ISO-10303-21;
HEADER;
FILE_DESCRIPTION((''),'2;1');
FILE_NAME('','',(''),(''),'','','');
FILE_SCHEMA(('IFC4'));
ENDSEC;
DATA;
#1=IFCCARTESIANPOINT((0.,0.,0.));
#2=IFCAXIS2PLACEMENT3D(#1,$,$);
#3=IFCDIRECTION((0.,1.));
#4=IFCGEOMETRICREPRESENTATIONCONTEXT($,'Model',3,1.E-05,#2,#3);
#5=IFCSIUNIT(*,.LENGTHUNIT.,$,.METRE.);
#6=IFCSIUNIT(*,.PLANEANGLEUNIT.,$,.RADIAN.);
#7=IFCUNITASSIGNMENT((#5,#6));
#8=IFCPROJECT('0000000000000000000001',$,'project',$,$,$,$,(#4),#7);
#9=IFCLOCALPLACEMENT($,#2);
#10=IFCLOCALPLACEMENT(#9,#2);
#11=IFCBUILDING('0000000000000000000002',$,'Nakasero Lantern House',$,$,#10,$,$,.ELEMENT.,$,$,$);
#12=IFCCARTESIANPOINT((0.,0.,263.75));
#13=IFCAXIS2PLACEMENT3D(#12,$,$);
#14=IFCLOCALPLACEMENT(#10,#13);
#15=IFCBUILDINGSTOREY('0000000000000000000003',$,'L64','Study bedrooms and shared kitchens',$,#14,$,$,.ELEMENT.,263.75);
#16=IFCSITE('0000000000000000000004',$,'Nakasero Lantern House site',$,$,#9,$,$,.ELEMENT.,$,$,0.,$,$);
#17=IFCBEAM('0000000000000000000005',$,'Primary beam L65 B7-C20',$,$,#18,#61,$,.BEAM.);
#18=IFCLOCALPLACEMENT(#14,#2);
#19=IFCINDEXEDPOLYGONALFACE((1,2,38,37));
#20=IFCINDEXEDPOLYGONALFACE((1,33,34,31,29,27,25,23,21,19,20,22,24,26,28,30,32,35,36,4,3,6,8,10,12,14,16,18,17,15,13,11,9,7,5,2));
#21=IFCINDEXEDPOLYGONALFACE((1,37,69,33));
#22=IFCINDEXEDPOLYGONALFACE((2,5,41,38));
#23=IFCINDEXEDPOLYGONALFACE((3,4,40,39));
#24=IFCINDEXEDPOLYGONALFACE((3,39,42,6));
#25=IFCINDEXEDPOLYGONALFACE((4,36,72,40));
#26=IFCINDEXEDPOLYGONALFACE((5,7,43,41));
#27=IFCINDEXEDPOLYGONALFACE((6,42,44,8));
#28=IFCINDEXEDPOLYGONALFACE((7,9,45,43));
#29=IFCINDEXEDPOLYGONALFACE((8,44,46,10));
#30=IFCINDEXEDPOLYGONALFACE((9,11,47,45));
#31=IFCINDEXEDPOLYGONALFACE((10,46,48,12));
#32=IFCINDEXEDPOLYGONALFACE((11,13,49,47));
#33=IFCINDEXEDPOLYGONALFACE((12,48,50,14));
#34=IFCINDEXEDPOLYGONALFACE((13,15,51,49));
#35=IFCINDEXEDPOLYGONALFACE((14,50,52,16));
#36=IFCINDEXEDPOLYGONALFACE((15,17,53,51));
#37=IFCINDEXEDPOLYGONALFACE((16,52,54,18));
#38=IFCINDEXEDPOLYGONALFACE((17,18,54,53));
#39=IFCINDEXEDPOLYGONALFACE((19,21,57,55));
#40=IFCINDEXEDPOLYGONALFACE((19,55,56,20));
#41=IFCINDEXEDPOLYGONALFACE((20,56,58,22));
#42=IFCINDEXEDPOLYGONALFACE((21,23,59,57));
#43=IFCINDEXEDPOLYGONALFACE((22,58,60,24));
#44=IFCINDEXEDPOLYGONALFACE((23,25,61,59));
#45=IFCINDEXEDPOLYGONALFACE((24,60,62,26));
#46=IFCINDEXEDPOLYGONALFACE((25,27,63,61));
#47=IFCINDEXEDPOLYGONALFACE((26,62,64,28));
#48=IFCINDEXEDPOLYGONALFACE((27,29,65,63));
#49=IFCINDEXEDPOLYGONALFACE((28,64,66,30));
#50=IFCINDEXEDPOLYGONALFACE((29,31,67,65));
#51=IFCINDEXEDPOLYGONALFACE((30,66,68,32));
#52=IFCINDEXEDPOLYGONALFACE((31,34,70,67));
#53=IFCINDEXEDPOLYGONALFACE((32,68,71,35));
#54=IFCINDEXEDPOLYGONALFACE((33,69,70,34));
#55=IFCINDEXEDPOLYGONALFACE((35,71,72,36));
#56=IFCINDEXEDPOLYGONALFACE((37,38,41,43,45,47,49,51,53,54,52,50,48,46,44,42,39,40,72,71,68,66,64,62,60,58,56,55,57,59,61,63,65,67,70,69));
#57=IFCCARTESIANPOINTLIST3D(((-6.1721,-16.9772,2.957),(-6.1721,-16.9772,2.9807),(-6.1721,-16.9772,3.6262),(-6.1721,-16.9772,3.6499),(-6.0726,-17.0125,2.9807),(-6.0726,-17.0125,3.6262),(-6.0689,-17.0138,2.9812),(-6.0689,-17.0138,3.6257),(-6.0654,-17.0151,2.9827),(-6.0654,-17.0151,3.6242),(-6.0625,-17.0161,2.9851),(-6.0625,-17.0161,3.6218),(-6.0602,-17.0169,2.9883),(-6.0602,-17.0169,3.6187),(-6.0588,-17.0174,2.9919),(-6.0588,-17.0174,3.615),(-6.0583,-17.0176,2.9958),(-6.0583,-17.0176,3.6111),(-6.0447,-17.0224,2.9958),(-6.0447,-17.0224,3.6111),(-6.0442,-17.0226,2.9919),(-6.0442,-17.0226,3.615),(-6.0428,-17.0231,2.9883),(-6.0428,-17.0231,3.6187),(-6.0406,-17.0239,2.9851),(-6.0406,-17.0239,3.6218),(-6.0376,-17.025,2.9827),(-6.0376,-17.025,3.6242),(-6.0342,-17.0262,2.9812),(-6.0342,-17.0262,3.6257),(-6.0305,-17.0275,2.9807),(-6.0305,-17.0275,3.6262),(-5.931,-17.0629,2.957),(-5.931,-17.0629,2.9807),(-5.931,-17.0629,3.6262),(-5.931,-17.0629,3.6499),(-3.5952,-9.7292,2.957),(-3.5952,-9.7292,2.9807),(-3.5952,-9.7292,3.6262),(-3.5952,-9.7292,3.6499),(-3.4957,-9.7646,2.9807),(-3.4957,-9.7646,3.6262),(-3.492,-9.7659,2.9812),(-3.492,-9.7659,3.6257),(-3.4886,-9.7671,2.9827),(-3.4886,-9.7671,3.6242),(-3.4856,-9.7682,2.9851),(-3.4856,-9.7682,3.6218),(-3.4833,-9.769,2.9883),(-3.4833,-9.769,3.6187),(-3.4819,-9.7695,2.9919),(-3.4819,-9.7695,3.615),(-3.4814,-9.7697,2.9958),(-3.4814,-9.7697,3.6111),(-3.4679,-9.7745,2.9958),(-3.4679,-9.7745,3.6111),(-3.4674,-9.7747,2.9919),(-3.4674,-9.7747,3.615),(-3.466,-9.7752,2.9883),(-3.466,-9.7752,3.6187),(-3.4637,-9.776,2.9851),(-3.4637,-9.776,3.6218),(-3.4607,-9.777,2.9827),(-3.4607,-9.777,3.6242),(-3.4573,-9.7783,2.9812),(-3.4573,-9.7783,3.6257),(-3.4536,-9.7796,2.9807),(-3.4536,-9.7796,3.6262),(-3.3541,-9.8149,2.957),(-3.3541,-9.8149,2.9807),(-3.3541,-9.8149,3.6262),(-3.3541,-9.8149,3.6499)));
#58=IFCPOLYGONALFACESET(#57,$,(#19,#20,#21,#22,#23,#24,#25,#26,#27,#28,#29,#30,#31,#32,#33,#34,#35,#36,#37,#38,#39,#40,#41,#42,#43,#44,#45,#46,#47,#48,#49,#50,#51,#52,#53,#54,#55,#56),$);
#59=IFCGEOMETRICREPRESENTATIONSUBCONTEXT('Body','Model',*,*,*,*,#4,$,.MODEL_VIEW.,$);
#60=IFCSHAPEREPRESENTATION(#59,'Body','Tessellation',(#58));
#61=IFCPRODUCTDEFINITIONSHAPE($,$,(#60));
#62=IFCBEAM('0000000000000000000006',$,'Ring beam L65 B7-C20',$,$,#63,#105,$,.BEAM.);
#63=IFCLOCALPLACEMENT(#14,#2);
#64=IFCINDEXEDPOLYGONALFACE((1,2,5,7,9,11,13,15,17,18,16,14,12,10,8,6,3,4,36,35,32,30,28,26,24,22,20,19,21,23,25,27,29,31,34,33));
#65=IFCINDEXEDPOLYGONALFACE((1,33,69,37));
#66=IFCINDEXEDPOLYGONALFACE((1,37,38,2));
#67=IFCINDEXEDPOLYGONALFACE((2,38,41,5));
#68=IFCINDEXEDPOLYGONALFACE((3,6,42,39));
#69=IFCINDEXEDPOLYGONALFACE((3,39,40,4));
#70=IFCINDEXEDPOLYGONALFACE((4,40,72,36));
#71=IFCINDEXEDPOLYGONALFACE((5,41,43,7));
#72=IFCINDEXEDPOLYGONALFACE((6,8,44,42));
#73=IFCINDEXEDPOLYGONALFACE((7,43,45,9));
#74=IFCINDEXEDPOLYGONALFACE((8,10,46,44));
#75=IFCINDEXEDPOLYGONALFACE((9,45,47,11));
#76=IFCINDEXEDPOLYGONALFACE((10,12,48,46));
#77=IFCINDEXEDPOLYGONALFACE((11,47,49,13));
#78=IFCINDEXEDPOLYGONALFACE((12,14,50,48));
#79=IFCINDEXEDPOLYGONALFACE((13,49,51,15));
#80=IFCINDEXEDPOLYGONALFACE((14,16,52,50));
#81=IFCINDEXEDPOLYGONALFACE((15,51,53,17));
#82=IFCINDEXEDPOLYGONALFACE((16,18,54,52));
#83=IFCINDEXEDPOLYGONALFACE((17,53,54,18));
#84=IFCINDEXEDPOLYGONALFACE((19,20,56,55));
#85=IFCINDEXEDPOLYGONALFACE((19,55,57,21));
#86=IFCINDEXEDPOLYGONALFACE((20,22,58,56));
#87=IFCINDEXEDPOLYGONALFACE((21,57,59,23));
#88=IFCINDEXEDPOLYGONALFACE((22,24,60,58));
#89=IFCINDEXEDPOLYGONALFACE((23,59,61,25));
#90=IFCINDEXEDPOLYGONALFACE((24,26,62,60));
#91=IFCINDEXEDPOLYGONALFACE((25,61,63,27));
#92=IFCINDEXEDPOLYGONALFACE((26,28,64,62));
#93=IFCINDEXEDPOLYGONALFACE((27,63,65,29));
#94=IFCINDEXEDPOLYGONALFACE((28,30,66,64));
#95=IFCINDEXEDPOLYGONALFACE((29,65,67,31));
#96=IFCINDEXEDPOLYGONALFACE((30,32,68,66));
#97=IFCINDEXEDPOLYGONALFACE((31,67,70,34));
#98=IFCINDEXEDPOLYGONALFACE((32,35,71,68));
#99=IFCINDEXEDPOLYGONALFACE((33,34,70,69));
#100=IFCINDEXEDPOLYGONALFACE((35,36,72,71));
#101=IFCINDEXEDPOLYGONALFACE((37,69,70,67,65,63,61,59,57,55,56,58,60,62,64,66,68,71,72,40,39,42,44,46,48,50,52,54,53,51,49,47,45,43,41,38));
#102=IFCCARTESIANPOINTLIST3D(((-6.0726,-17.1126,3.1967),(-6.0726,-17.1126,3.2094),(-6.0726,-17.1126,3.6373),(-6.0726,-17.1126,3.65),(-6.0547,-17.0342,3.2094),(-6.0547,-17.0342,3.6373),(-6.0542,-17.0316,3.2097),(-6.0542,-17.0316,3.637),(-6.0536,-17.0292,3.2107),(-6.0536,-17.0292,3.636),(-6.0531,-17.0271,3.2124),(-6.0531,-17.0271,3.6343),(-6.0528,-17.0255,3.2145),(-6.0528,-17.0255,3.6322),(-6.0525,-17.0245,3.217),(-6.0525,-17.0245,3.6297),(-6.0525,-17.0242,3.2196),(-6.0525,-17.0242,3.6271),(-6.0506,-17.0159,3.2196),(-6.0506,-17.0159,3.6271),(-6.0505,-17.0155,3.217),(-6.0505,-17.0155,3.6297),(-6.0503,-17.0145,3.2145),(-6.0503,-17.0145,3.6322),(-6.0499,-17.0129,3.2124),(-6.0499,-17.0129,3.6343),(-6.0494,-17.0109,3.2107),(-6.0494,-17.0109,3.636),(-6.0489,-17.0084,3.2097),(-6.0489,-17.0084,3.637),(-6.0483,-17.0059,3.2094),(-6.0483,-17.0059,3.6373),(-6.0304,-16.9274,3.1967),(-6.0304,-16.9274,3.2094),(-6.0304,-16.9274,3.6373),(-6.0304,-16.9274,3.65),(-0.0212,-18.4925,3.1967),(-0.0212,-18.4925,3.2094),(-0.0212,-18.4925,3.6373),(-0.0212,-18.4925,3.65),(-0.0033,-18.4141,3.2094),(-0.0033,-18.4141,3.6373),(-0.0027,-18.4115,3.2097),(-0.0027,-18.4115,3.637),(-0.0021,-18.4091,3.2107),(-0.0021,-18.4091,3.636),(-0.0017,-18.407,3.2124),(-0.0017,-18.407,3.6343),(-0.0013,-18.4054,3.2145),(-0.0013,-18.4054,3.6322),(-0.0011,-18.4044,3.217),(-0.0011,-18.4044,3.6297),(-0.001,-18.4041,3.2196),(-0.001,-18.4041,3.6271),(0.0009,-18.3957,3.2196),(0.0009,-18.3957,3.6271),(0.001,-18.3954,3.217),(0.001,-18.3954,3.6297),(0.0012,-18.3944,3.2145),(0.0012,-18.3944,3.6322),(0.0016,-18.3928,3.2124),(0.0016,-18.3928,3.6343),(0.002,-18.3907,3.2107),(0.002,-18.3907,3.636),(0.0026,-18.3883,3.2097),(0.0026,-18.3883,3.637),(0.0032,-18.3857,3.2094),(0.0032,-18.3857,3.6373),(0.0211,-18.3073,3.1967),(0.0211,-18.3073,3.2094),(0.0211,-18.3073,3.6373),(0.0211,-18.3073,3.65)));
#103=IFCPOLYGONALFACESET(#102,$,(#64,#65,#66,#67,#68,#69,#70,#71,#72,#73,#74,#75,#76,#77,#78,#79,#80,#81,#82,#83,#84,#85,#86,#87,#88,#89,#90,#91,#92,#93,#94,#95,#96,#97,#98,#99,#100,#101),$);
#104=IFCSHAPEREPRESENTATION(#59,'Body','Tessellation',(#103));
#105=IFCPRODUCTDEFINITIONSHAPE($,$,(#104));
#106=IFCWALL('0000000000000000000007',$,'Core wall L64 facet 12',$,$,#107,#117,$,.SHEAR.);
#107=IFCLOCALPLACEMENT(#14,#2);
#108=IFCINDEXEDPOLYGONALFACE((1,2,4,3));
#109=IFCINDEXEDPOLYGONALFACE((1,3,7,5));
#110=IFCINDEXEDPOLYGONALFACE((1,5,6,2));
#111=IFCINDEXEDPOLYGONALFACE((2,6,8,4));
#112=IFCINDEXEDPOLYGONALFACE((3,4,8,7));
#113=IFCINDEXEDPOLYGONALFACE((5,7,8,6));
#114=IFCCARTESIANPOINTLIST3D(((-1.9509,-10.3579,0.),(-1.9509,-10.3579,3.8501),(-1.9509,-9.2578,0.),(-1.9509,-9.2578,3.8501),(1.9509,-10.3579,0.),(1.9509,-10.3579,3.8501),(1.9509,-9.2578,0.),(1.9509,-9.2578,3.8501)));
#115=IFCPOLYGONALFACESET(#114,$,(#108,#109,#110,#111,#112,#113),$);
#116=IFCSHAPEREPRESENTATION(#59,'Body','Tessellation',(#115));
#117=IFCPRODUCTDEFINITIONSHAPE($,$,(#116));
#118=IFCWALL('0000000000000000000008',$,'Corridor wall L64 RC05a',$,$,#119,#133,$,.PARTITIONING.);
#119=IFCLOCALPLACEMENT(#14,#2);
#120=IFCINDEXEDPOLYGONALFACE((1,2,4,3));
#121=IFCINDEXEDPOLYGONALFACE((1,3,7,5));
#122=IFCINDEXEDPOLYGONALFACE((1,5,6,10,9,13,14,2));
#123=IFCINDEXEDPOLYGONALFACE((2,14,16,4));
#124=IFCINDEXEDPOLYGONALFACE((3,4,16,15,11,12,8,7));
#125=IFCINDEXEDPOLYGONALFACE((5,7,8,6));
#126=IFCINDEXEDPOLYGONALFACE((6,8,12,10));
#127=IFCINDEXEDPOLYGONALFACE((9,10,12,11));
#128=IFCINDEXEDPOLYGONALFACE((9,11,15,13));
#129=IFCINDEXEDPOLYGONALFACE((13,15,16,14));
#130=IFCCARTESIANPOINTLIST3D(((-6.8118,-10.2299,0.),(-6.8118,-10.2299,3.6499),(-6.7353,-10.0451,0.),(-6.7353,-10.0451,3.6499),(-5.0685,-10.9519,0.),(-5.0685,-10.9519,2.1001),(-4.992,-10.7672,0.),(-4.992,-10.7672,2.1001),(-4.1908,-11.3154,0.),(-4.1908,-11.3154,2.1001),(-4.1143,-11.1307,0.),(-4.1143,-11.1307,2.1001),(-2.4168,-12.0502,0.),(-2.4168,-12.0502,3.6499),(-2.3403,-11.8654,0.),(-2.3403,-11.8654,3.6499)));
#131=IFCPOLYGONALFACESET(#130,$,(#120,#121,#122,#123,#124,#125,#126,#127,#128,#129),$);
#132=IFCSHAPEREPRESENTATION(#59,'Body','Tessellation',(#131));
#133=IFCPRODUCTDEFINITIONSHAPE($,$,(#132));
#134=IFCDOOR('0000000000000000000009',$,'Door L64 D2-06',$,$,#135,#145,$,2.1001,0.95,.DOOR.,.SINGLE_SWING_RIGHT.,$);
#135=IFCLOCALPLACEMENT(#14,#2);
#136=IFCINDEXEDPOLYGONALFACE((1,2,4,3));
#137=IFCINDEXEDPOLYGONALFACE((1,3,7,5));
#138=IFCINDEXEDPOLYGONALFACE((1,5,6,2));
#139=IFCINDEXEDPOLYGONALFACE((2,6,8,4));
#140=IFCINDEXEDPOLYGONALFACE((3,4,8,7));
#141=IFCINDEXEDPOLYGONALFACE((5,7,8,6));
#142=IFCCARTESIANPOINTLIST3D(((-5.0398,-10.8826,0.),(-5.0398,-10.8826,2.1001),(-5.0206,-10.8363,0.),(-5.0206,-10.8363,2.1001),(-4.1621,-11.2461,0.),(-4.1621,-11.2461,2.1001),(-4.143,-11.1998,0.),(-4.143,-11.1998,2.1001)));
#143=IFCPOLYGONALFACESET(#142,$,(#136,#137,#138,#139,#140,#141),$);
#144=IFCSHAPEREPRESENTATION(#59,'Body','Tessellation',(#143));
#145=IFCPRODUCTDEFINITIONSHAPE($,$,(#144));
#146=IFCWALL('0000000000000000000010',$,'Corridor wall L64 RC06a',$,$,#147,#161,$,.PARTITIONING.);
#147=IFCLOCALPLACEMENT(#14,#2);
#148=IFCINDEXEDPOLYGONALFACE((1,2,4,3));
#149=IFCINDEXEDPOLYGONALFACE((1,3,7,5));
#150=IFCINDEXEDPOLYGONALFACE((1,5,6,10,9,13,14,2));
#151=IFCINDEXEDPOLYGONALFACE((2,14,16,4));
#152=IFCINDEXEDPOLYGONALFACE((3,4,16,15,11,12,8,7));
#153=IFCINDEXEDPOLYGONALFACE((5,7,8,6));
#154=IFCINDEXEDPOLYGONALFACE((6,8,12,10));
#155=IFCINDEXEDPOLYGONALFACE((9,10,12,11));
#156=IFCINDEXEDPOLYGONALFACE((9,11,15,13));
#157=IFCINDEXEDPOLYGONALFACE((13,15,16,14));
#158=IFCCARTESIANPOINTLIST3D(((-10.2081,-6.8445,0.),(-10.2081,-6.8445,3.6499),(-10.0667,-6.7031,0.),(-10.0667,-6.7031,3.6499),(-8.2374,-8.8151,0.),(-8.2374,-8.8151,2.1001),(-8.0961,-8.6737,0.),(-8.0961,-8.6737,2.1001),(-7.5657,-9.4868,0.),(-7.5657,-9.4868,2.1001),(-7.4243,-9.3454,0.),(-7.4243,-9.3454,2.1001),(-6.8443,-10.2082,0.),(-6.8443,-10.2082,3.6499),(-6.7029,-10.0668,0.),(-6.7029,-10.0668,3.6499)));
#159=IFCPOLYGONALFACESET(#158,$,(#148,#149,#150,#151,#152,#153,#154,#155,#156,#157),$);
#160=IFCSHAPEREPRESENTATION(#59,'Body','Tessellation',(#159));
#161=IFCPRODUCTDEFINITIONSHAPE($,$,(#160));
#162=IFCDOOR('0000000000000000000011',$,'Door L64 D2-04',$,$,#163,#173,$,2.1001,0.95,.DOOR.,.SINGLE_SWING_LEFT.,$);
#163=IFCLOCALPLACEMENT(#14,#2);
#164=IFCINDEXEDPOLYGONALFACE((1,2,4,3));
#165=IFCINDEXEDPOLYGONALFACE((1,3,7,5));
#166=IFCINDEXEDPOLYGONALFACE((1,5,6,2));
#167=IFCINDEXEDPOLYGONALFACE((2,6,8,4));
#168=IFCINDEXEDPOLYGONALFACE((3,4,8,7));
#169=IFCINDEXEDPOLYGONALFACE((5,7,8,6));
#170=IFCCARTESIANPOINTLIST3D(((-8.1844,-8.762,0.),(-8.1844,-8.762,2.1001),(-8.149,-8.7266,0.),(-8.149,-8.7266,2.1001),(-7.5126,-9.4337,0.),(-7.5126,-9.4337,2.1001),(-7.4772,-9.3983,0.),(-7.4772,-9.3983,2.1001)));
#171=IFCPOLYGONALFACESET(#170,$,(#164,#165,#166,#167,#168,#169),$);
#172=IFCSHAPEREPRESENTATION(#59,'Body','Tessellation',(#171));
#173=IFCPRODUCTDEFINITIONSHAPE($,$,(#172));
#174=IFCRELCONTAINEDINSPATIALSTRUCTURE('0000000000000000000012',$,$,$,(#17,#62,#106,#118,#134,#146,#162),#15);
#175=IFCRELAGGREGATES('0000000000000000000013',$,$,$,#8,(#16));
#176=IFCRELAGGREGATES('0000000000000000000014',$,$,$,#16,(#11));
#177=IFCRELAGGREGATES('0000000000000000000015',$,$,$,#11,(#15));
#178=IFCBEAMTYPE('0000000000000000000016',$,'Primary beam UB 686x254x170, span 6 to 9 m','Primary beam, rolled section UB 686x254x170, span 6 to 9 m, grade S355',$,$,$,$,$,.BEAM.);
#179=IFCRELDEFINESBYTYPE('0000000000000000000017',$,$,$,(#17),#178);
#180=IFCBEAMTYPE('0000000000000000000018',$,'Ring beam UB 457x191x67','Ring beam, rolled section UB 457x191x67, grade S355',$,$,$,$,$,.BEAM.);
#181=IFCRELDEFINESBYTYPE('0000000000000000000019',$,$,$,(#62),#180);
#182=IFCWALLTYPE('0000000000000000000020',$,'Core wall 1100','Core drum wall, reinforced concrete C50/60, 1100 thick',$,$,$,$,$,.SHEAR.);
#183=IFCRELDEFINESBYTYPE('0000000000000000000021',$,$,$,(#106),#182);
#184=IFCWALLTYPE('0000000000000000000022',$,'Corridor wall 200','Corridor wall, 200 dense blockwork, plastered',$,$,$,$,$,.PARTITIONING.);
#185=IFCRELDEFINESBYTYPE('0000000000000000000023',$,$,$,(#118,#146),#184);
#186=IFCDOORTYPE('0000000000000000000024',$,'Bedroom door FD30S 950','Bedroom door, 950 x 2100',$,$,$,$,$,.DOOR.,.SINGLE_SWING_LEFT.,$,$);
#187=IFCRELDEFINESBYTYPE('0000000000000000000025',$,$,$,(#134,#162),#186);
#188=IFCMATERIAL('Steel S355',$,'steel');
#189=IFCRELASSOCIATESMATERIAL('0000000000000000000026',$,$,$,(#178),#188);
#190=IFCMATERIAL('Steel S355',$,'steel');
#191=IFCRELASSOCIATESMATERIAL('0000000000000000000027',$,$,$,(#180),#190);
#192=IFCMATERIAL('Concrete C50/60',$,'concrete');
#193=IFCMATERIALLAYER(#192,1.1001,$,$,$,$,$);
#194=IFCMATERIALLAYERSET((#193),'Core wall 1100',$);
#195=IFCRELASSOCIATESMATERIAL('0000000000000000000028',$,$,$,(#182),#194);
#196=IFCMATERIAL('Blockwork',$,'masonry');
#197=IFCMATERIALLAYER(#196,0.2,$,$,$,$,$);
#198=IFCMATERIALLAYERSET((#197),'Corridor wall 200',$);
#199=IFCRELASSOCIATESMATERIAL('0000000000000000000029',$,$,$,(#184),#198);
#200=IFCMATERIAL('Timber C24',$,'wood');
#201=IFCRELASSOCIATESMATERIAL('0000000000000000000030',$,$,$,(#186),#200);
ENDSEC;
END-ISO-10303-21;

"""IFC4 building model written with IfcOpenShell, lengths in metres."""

from ifc_helpers import new_model, si_unit, direction, frame, frame_2d, origin, origin_2d, place, context, subcontext, project, spatial, rectangle, i_section, extrude, material, layer, layer_set, material_profile, profile_set, type_object, element, fill, save


model = new_model("IFC4")

# Units and contexts
model_context = context("Model", 3, precision=1e-05, world=origin(), true_north=direction((0.0, 1.0)))
body_context = subcontext(model_context, "Body", "Model", "MODEL_VIEW")
ifc_project = project(units=[si_unit("LENGTHUNIT", "METRE"), si_unit("PLANEANGLEUNIT", "RADIAN")], contexts=[model_context])

# Site, building, storey
site_placement = place(None, origin())
site = spatial("IfcSite", under=ifc_project, at=site_placement, Name="Nakasero Lantern House site", CompositionType="ELEMENT", RefElevation=0.0)
building_placement = place(site_placement, origin())
building = spatial("IfcBuilding", under=site, at=building_placement, Name="Nakasero Lantern House", CompositionType="ELEMENT")
storey_placement = place(building_placement, frame((0.0, 0.0, 263.75)))
storey = spatial("IfcBuildingStorey", under=building, at=storey_placement, Name="L64", Description="Study bedrooms and shared kitchens", CompositionType="ELEMENT", Elevation=263.75)

# Beams
ifc_material_1 = material(Name="Steel S355", Category="steel")
ifc_material_profile_1 = material_profile(ifc_material_1, i_section(OverallWidth=0.2559, OverallDepth=0.6929, WebThickness=0.0144, FlangeThickness=0.0237, FilletRadius=0.0151, at=origin_2d()), Name="UB 686x254x170")
ifc_profile_set_1 = profile_set([ifc_material_profile_1], Name="Steel S355")
beam_type_1 = type_object("IfcBeamType", Name="Primary beam UB 686x254x170, span 6 to 9 m", Description="Primary beam, rolled section UB 686x254x170, span 6 to 9 m, grade S355", PredefinedType="BEAM", material=ifc_profile_set_1)
beam_1_placement = place(storey_placement, frame((-6.0515, -17.02, 3.3035), z_axis=(0.334989, 0.942222, 0.0), x_axis=(-0.942222, 0.334989, 0.0)))
element("IfcBeam", 1, at=beam_1_placement, inside=storey, type_object=beam_type_1, Name="Primary beam L65 B7-C20", PredefinedType="BEAM", context=body_context, shape_type="SweptSolid", body=[
    extrude(i_section(OverallWidth=0.2559, OverallDepth=0.6929, WebThickness=0.0144, FlangeThickness=0.0237, FilletRadius=0.0151, at=origin_2d()), origin(), (0.0, 0.0, 1.0), 7.6924),
])
ifc_material_2 = material(Name="Steel S355", Category="steel")
ifc_material_profile_2 = material_profile(ifc_material_2, i_section(OverallWidth=0.1899, OverallDepth=0.4534, WebThickness=0.0085, FlangeThickness=0.0127, FilletRadius=0.0103, at=origin_2d()), Name="UB 457x191x67")
ifc_profile_set_2 = profile_set([ifc_material_profile_2], Name="Steel S355")
beam_type_2 = type_object("IfcBeamType", Name="Ring beam UB 457x191x67", Description="Ring beam, rolled section UB 457x191x67, grade S355", PredefinedType="BEAM", material=ifc_profile_set_2)
beam_2_placement = place(storey_placement, frame((-6.0515, -17.02, 3.4233), z_axis=(0.974975, -0.222316, 0.0), x_axis=(0.222316, 0.974975, 0.0)))
element("IfcBeam", 2, at=beam_2_placement, inside=storey, type_object=beam_type_2, Name="Ring beam L65 B7-C20", PredefinedType="BEAM", context=body_context, shape_type="SweptSolid", body=[
    extrude(i_section(OverallWidth=0.1899, OverallDepth=0.4534, WebThickness=0.0085, FlangeThickness=0.0127, FilletRadius=0.0103, at=origin_2d()), origin(), (0.0, 0.0, 1.0), 6.2068),
])

# Wall
ifc_material_3 = material(Name="Concrete C50/60", Category="concrete")
ifc_layer_1 = layer(ifc_material_3, 1.1001)
ifc_layer_set_1 = layer_set([ifc_layer_1], Name="Core wall 1100")
wall_type_1 = type_object("IfcWallType", Name="Core wall 1100", Description="Core drum wall, reinforced concrete C50/60, 1100 thick", PredefinedType="SHEAR", material=ifc_layer_set_1)
wall_1_placement = place(storey_placement, frame((-1.9509, -9.8079, 0.0), z_axis=(0.0, 0.0, 1.0), x_axis=(1.0, 0.0, 0.0)))
element("IfcWall", 3, at=wall_1_placement, inside=storey, type_object=wall_type_1, Name="Core wall L64 facet 12", PredefinedType="SHEAR", context=body_context, shape_type="SweptSolid", body=[
    extrude(rectangle(XDim=3.9019, YDim=1.1001, at=frame_2d((1.9509, 0.0))), origin(), (0.0, 0.0, 1.0), 3.8501),
])

# Walls, openings, doors
ifc_material_4 = material(Name="Blockwork", Category="masonry")
ifc_layer_2 = layer(ifc_material_4, 0.2)
ifc_layer_set_2 = layer_set([ifc_layer_2], Name="Corridor wall 200")
wall_type_2 = type_object("IfcWallType", Name="Corridor wall 200", Description="Corridor wall, 200 dense blockwork, plastered", PredefinedType="PARTITIONING", material=ifc_layer_set_2)
wall_2_placement = place(storey_placement, frame((-2.3787, -11.9578, 0.0), z_axis=(0.0, 0.0, 1.0), x_axis=(-0.923892, 0.382654, 0.0)))
wall_2 = element("IfcWall", 4, at=wall_2_placement, inside=storey, type_object=wall_type_2, Name="Corridor wall L64 RC05a", PredefinedType="PARTITIONING", context=body_context, shape_type="SweptSolid", body=[
    extrude(rectangle(XDim=4.7571, YDim=0.2, at=frame_2d((2.3784, 0.0))), origin(), (0.0, 0.0, 1.0), 3.6499),
])
opening_1_placement = place(wall_2_placement, frame((1.9199, 0.0, 0.0)))
opening_1 = element("IfcOpeningElement", 5, at=opening_1_placement, cuts=wall_2, PredefinedType="OPENING", context=body_context, shape_type="SweptSolid", body=[
    extrude(rectangle(XDim=0.95, YDim=2.1001, at=frame_2d((0.4751, 1.05))), frame((0.0, 0.1199, 0.0), z_axis=(0.0, -1.0, 0.0), x_axis=(1.0, 0.0, 0.0)), (0.0, 0.0, 1.0), 0.24),
])
ifc_material_5 = material(Name="Timber C24", Category="wood")
door_type_1 = type_object("IfcDoorType", Name="Bedroom door FD30S 950", Description="Bedroom door, 950 x 2100", OperationType="SINGLE_SWING_LEFT", PredefinedType="DOOR", material=ifc_material_5)
door_1_placement = place(opening_1_placement, origin())
door_1 = element("IfcDoor", 6, at=door_1_placement, inside=storey, type_object=door_type_1, Name="Door L64 D2-06", OperationType="SINGLE_SWING_RIGHT", OverallHeight=2.1001, OverallWidth=0.95, PredefinedType="DOOR", context=body_context, shape_type="SweptSolid", body=[
    extrude(rectangle(XDim=0.95, YDim=2.1001, at=frame_2d((0.4751, 1.05))), frame((0.0, 0.0249, 0.0), z_axis=(0.0, -1.0, 0.0), x_axis=(1.0, 0.0, 0.0)), (0.0, 0.0, 1.0), 0.05),
])
fill(opening_1, door_1)
wall_3_placement = place(storey_placement, frame((-6.7737, -10.1375, 0.0), z_axis=(0.0, 0.0, 1.0), x_axis=(-0.707107, 0.707107, 0.0)))
wall_3 = element("IfcWall", 7, at=wall_3_placement, inside=storey, type_object=wall_type_2, Name="Corridor wall L64 RC06a", PredefinedType="PARTITIONING", context=body_context, shape_type="SweptSolid", body=[
    extrude(rectangle(XDim=4.7571, YDim=0.2, at=frame_2d((2.3784, 0.0))), origin(), (0.0, 0.0, 1.0), 3.6499),
])
opening_2_placement = place(wall_3_placement, frame((1.02, 0.0, 0.0)))
opening_2 = element("IfcOpeningElement", 8, at=opening_2_placement, cuts=wall_3, PredefinedType="OPENING", context=body_context, shape_type="SweptSolid", body=[
    extrude(rectangle(XDim=0.95, YDim=2.1001, at=frame_2d((0.4751, 1.05))), frame((0.0, 0.1199, 0.0), z_axis=(0.0, -1.0, 0.0), x_axis=(1.0, 0.0, 0.0)), (0.0, 0.0, 1.0), 0.24),
])
door_2_placement = place(opening_2_placement, origin())
door_2 = element("IfcDoor", 9, at=door_2_placement, inside=storey, type_object=door_type_1, Name="Door L64 D2-04", OperationType="SINGLE_SWING_LEFT", OverallHeight=2.1001, OverallWidth=0.95, PredefinedType="DOOR", context=body_context, shape_type="SweptSolid", body=[
    extrude(rectangle(XDim=0.95, YDim=2.1001, at=frame_2d((0.4751, 1.05))), frame((0.0, 0.0249, 0.0), z_axis=(0.0, -1.0, 0.0), x_axis=(1.0, 0.0, 0.0)), (0.0, 0.0, 1.0), 0.05),
])
fill(opening_2, door_2)

save(model, "model.ifc")
